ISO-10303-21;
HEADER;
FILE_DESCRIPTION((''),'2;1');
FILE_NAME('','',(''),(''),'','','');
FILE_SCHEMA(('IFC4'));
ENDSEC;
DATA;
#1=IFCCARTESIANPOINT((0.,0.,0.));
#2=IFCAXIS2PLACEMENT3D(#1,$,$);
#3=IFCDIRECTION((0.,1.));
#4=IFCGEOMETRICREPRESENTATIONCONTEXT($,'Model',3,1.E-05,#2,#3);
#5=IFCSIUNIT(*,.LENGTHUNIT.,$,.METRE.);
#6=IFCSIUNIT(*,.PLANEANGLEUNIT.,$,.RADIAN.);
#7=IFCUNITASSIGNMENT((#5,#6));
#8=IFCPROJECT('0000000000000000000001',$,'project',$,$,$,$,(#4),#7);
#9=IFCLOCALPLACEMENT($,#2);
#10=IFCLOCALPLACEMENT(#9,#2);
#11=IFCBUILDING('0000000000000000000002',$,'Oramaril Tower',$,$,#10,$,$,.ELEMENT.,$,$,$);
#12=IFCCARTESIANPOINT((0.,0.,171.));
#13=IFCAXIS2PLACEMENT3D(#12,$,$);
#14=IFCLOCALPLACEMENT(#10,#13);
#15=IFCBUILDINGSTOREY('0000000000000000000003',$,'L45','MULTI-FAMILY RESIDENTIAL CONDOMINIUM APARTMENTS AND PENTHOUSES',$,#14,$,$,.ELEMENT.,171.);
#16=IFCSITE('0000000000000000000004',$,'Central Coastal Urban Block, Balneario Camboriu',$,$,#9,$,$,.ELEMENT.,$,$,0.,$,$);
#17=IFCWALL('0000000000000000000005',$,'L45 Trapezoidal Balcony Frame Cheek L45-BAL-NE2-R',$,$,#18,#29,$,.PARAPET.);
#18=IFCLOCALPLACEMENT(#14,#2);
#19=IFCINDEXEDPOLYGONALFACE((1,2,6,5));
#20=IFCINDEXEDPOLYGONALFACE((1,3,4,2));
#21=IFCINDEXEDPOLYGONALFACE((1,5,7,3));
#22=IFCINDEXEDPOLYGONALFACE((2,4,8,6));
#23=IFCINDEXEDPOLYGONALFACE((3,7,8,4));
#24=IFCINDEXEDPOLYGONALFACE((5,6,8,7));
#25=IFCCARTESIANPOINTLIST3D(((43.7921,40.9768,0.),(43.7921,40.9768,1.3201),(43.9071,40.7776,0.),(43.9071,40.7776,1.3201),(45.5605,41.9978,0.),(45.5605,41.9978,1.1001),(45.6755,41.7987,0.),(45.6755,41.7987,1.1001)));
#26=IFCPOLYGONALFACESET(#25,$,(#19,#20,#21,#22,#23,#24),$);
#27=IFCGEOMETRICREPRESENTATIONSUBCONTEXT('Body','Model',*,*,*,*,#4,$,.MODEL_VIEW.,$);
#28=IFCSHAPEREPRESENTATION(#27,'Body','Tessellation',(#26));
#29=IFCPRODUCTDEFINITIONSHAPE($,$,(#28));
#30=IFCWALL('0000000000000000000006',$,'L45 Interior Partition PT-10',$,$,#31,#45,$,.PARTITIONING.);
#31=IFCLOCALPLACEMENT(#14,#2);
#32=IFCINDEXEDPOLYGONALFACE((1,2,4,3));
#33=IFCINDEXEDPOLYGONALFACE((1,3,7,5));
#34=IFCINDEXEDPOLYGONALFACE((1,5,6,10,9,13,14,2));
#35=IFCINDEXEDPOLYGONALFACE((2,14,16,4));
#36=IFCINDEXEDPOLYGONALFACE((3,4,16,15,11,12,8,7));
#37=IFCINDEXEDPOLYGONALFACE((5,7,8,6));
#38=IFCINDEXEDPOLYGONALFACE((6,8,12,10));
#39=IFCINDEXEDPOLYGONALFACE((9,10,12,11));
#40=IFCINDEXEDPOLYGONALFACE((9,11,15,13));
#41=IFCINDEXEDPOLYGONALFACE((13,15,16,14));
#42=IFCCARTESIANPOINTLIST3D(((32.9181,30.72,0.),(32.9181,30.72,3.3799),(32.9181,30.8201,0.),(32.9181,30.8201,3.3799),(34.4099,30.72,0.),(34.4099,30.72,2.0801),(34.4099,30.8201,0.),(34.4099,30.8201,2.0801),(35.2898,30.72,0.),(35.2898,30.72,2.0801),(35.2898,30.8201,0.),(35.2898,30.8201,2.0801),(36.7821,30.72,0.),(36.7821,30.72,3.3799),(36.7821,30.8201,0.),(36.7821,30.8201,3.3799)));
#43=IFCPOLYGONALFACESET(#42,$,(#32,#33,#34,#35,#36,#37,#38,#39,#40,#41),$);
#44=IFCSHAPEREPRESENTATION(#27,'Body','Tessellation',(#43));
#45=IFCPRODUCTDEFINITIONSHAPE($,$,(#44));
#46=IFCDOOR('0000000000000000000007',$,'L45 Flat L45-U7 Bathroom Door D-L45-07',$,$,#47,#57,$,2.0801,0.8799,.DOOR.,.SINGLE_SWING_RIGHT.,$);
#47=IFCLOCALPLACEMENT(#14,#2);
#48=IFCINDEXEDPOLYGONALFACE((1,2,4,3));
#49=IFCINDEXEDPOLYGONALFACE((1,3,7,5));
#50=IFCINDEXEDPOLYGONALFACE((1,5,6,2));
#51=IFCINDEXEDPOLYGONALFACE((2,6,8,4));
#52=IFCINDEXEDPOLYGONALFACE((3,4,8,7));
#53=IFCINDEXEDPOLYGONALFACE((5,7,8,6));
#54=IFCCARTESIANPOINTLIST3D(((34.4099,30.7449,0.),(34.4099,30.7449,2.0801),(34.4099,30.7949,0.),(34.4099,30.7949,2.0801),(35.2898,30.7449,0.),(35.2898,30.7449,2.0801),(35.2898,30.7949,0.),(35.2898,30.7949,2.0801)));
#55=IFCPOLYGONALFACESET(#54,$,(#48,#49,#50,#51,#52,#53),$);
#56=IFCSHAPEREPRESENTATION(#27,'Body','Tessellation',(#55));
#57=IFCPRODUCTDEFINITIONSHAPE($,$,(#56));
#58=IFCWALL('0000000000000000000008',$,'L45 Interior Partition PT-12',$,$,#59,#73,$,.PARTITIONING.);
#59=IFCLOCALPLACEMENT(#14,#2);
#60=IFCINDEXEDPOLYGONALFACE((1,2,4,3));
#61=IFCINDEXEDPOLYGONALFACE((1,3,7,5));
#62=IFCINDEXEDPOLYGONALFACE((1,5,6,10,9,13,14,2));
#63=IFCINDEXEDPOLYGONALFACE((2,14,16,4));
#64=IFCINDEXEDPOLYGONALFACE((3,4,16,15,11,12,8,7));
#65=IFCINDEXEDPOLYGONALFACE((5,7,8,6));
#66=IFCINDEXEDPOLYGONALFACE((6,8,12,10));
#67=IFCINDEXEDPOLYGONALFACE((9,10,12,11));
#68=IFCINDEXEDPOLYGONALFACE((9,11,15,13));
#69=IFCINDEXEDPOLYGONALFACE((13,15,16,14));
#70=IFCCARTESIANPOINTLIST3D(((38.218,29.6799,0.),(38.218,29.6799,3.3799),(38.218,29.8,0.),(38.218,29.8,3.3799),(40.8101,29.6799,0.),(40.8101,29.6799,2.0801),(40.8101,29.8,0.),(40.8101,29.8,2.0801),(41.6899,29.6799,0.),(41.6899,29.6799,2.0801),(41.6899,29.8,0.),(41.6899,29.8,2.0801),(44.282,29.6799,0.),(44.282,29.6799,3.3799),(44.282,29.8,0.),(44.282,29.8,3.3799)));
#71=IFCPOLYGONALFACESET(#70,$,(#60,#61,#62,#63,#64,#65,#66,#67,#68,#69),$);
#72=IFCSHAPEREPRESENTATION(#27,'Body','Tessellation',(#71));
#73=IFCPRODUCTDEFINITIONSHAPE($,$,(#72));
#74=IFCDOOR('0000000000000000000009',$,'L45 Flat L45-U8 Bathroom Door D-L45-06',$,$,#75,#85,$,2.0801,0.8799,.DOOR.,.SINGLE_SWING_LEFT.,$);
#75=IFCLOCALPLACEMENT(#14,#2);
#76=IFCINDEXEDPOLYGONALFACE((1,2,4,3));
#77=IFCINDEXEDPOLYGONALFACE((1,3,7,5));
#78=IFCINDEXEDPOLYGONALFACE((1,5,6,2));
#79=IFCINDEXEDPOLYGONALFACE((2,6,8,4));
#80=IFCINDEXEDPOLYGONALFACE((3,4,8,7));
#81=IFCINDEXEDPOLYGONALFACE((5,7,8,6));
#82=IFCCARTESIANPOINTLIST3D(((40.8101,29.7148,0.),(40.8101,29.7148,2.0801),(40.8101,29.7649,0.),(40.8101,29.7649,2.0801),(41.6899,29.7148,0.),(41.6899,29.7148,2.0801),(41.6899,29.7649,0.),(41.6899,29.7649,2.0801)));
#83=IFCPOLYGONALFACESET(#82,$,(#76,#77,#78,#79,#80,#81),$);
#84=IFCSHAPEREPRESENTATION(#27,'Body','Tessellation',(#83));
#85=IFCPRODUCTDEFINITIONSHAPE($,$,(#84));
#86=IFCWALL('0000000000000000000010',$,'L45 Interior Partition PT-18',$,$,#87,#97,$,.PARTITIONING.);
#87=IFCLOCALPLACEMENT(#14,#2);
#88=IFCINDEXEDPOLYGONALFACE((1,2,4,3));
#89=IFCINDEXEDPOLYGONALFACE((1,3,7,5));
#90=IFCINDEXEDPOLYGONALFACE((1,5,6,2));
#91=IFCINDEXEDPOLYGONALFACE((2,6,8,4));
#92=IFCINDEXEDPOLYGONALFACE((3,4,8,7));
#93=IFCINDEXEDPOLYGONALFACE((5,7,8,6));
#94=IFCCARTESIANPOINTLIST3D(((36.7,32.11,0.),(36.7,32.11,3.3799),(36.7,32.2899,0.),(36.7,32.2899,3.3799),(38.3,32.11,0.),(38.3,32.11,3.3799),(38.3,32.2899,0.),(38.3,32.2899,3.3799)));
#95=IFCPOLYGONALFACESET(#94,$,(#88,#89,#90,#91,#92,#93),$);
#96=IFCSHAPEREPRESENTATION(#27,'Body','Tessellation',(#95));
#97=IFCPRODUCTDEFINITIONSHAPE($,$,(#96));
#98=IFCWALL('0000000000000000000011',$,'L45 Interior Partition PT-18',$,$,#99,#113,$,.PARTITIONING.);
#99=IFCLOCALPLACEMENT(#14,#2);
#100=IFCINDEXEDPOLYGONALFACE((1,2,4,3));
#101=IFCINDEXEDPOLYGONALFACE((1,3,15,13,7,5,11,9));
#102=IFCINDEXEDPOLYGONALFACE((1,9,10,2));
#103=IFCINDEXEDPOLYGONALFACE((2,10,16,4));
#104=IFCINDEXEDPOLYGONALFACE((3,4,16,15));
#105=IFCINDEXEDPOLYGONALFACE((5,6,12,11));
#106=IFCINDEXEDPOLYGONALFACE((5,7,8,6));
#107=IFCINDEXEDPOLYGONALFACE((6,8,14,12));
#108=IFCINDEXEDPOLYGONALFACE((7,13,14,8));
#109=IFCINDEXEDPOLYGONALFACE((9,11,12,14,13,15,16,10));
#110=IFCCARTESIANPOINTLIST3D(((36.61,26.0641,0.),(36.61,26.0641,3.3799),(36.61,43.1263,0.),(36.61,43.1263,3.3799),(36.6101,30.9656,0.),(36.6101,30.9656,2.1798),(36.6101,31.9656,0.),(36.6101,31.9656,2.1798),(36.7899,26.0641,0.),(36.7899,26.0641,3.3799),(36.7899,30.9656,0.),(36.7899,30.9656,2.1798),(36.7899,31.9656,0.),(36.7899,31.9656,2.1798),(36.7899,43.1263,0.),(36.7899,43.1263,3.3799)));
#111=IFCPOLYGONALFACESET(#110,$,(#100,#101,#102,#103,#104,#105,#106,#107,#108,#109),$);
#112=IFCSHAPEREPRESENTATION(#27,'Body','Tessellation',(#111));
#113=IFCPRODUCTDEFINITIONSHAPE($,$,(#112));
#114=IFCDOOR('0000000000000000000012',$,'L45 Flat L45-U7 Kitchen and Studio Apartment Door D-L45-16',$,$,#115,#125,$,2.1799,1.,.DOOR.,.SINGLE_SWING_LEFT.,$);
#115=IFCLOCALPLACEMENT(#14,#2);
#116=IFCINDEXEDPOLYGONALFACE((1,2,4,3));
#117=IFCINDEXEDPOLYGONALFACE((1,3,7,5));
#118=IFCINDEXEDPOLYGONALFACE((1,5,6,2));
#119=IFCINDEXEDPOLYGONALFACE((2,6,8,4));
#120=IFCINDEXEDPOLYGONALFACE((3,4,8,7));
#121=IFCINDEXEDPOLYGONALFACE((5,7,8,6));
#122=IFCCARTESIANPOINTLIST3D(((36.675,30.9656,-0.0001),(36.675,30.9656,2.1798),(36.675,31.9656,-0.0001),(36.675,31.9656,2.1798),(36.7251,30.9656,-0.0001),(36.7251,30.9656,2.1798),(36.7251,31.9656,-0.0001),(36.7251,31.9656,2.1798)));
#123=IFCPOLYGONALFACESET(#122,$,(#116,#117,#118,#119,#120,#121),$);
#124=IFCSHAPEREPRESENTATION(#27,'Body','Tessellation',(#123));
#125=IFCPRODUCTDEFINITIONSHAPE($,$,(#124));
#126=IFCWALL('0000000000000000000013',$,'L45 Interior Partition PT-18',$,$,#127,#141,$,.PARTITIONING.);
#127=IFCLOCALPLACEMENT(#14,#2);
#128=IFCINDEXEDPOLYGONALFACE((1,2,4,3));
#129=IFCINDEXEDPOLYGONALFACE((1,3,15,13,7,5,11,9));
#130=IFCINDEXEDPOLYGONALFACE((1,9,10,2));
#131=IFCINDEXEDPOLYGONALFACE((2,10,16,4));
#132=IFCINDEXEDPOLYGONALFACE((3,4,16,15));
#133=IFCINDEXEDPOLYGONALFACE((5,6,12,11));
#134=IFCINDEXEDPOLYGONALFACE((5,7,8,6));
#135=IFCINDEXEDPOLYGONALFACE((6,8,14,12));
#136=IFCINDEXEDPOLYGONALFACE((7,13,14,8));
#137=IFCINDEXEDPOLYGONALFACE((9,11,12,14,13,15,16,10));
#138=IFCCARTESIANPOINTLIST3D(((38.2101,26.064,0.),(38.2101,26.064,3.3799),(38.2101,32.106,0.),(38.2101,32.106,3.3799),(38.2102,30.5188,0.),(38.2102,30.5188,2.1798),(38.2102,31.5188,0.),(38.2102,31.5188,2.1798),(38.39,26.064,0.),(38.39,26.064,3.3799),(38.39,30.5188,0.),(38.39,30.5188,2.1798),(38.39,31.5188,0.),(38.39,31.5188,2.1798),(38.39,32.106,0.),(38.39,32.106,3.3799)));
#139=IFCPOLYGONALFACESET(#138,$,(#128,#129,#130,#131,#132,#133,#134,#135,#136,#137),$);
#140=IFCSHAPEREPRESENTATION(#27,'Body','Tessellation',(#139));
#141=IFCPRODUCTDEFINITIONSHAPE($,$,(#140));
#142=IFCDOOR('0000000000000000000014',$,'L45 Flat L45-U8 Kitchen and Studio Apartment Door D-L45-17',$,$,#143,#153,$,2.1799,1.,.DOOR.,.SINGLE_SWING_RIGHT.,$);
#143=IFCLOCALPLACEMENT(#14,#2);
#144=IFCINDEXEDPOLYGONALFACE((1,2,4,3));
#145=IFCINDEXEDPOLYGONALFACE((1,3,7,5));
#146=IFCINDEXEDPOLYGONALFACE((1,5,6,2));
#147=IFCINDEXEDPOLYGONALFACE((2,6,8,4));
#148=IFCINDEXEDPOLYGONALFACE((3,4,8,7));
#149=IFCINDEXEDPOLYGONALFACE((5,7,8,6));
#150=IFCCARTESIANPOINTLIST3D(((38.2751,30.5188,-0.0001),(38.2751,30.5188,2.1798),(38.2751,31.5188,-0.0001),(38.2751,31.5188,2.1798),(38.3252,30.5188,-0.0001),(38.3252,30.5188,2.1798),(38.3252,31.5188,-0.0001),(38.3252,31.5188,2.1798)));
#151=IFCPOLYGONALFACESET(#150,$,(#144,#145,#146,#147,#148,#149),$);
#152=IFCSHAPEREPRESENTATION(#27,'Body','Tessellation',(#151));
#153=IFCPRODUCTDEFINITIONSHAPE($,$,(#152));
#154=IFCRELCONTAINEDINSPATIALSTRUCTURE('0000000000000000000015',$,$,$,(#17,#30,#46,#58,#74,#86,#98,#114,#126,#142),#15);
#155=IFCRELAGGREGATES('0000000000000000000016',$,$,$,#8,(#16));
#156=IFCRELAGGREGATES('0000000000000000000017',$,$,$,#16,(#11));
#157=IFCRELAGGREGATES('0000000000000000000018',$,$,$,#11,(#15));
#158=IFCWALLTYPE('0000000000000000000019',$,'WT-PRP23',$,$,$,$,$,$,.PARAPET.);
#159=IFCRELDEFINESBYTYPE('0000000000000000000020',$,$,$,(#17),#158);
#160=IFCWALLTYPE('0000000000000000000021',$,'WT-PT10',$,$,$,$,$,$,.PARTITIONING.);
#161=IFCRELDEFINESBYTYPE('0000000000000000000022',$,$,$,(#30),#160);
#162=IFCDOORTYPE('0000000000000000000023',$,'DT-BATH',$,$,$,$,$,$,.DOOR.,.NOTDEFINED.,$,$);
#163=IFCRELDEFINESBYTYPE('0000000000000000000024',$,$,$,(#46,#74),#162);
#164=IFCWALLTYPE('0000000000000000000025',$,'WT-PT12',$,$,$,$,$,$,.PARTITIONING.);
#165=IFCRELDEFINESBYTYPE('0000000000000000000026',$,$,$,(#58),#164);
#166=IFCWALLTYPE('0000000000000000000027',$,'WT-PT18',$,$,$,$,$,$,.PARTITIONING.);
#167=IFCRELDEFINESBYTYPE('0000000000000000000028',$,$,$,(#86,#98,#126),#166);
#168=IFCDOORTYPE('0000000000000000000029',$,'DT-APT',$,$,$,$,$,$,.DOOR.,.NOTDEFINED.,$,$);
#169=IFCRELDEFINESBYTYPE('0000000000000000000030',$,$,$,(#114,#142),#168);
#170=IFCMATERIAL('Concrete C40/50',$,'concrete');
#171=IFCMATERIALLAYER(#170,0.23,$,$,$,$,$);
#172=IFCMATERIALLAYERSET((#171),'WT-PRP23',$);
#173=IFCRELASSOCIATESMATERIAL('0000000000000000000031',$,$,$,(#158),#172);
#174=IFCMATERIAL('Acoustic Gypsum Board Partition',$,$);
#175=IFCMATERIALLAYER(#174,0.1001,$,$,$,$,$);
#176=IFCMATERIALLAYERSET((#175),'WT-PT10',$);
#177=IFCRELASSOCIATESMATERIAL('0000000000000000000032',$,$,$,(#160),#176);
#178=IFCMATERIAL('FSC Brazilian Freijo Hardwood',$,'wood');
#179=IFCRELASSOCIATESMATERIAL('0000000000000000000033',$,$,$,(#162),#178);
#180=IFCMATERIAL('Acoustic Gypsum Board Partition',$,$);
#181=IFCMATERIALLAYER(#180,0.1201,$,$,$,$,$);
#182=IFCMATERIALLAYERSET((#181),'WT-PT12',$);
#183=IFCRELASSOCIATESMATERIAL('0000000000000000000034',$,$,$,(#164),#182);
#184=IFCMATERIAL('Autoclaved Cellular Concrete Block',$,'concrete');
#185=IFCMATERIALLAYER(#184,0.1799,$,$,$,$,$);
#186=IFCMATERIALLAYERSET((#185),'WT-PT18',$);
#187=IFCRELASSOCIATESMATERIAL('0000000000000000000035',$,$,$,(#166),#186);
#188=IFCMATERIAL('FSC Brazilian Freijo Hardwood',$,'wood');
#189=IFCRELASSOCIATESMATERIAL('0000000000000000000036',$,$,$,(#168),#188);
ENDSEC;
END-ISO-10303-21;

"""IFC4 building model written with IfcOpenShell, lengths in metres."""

from ifc_helpers import new_model, si_unit, direction, frame, frame_2d, origin, place, context, subcontext, project, spatial, polyline, rectangle, outline, extrude, material, layer, layer_set, type_object, element, fill, save


model = new_model("IFC4")

# Units and contexts
model_context = context("Model", 3, precision=1e-05, world=origin(), true_north=direction((0.0, 1.0)))
body_context = subcontext(model_context, "Body", "Model", "MODEL_VIEW")
ifc_project = project(units=[si_unit("LENGTHUNIT", "METRE"), si_unit("PLANEANGLEUNIT", "RADIAN")], contexts=[model_context])

# Site, building, storey
site_placement = place(None, origin())
site = spatial("IfcSite", under=ifc_project, at=site_placement, Name="Central Coastal Urban Block, Balneario Camboriu", CompositionType="ELEMENT", RefElevation=0.0)
building_placement = place(site_placement, origin())
building = spatial("IfcBuilding", under=site, at=building_placement, Name="Oramaril Tower", CompositionType="ELEMENT")
storey_placement = place(building_placement, frame((0.0, 0.0, 171.0)))
storey = spatial("IfcBuildingStorey", under=building, at=storey_placement, Name="L45", Description="MULTI-FAMILY RESIDENTIAL CONDOMINIUM APARTMENTS AND PENTHOUSES", CompositionType="ELEMENT", Elevation=171.0)

# Wall
ifc_material_1 = material(Name="Concrete C40/50", Category="concrete")
ifc_layer_1 = layer(ifc_material_1, 0.23)
ifc_layer_set_1 = layer_set([ifc_layer_1], Name="WT-PRP23")
wall_type_1 = type_object("IfcWallType", Name="WT-PRP23", PredefinedType="PARAPET", material=ifc_layer_set_1)
wall_1_placement = place(storey_placement, frame((43.8496, 40.8772, 0.0), z_axis=(0.0, 0.0, 1.0), x_axis=(0.866012, 0.500023, 0.0)))
element("IfcWall", 1, at=wall_1_placement, inside=storey, type_object=wall_type_1, Name="L45 Trapezoidal Balcony Frame Cheek L45-BAL-NE2-R", PredefinedType="PARAPET", context=body_context, shape_type="SweptSolid", body=[
    extrude(outline(polyline([(0.0, 0.0), (2.042, 0.0), (2.042, 1.1001), (0.0, 1.3201), (0.0, 0.0)])), frame((0.0, 0.115, 0.0), z_axis=(0.0, -1.0, 0.0), x_axis=(1.0, 0.0, 0.0)), (0.0, 0.0, 1.0), 0.23),
])

# Walls, openings, doors
ifc_material_2 = material(Name="Acoustic Gypsum Board Partition")
ifc_layer_2 = layer(ifc_material_2, 0.1001)
ifc_layer_set_2 = layer_set([ifc_layer_2], Name="WT-PT10")
wall_type_2 = type_object("IfcWallType", Name="WT-PT10", PredefinedType="PARTITIONING", material=ifc_layer_set_2)
wall_2_placement = place(storey_placement, frame((32.918, 30.77, 0.0), z_axis=(0.0, 0.0, 1.0), x_axis=(1.0, 0.0, 0.0)))
wall_2 = element("IfcWall", 2, at=wall_2_placement, inside=storey, type_object=wall_type_2, Name="L45 Interior Partition PT-10", PredefinedType="PARTITIONING", context=body_context, shape_type="SweptSolid", body=[
    extrude(rectangle(XDim=3.864, YDim=0.1001, at=frame_2d((1.9321, 0.0))), origin(), (0.0, 0.0, 1.0), 3.3799),
])
opening_1_placement = place(wall_2_placement, frame((1.4919, 0.0, 0.0)))
opening_1 = element("IfcOpeningElement", 3, at=opening_1_placement, cuts=wall_2, PredefinedType="OPENING", context=body_context, shape_type="SweptSolid", body=[
    extrude(rectangle(XDim=0.8799, YDim=2.0801, at=frame_2d((0.4399, 1.04))), frame((0.0, 0.05, 0.0), z_axis=(0.0, -1.0, 0.0), x_axis=(1.0, 0.0, 0.0)), (0.0, 0.0, 1.0), 0.1001),
])
ifc_material_3 = material(Name="FSC Brazilian Freijo Hardwood", Category="wood")
door_type_1 = type_object("IfcDoorType", Name="DT-BATH", OperationType="NOTDEFINED", PredefinedType="DOOR", material=ifc_material_3)
door_1_placement = place(opening_1_placement, origin())
door_1 = element("IfcDoor", 4, at=door_1_placement, inside=storey, type_object=door_type_1, Name="L45 Flat L45-U7 Bathroom Door D-L45-07", OperationType="SINGLE_SWING_RIGHT", OverallHeight=2.0801, OverallWidth=0.8799, PredefinedType="DOOR", context=body_context, shape_type="SweptSolid", body=[
    extrude(rectangle(XDim=0.8799, YDim=2.0801, at=frame_2d((0.4399, 1.04))), frame((0.0, 0.0249, 0.0), z_axis=(0.0, -1.0, 0.0), x_axis=(1.0, 0.0, 0.0)), (0.0, 0.0, 1.0), 0.05),
])
fill(opening_1, door_1)
ifc_material_4 = material(Name="Acoustic Gypsum Board Partition")
ifc_layer_3 = layer(ifc_material_4, 0.1201)
ifc_layer_set_3 = layer_set([ifc_layer_3], Name="WT-PT12")
wall_type_3 = type_object("IfcWallType", Name="WT-PT12", PredefinedType="PARTITIONING", material=ifc_layer_set_3)
wall_3_placement = place(storey_placement, frame((38.218, 29.74, 0.0), z_axis=(0.0, 0.0, 1.0), x_axis=(1.0, 0.0, 0.0)))
wall_3 = element("IfcWall", 5, at=wall_3_placement, inside=storey, type_object=wall_type_3, Name="L45 Interior Partition PT-12", PredefinedType="PARTITIONING", context=body_context, shape_type="SweptSolid", body=[
    extrude(rectangle(XDim=6.064, YDim=0.1201, at=frame_2d((3.032, 0.0))), origin(), (0.0, 0.0, 1.0), 3.3799),
])
opening_2_placement = place(wall_3_placement, frame((2.592, 0.0, 0.0)))
opening_2 = element("IfcOpeningElement", 6, at=opening_2_placement, cuts=wall_3, PredefinedType="OPENING", context=body_context, shape_type="SweptSolid", body=[
    extrude(rectangle(XDim=0.8799, YDim=2.0801, at=frame_2d((0.4399, 1.04))), frame((0.0, 0.0601, 0.0), z_axis=(0.0, -1.0, 0.0), x_axis=(1.0, 0.0, 0.0)), (0.0, 0.0, 1.0), 0.1201),
])
door_2_placement = place(opening_2_placement, origin())
door_2 = element("IfcDoor", 7, at=door_2_placement, inside=storey, type_object=door_type_1, Name="L45 Flat L45-U8 Bathroom Door D-L45-06", OperationType="SINGLE_SWING_LEFT", OverallHeight=2.0801, OverallWidth=0.8799, PredefinedType="DOOR", context=body_context, shape_type="SweptSolid", body=[
    extrude(rectangle(XDim=0.8799, YDim=2.0801, at=frame_2d((0.4399, 1.04))), frame((0.0, 0.0249, 0.0), z_axis=(0.0, -1.0, 0.0), x_axis=(1.0, 0.0, 0.0)), (0.0, 0.0, 1.0), 0.05),
])
fill(opening_2, door_2)

# Wall
ifc_material_5 = material(Name="Autoclaved Cellular Concrete Block", Category="concrete")
ifc_layer_4 = layer(ifc_material_5, 0.1799)
ifc_layer_set_4 = layer_set([ifc_layer_4], Name="WT-PT18")
wall_type_4 = type_object("IfcWallType", Name="WT-PT18", PredefinedType="PARTITIONING", material=ifc_layer_set_4)
wall_4_placement = place(storey_placement, frame((36.7, 32.2, 0.0), z_axis=(0.0, 0.0, 1.0), x_axis=(1.0, 0.0, 0.0)))
element("IfcWall", 8, at=wall_4_placement, inside=storey, type_object=wall_type_4, Name="L45 Interior Partition PT-18", PredefinedType="PARTITIONING", context=body_context, shape_type="SweptSolid", body=[
    extrude(rectangle(XDim=1.6001, YDim=0.1799, at=frame_2d((0.8, 0.0))), origin(), (0.0, 0.0, 1.0), 3.3799),
])

# Walls, openings, doors
wall_5_placement = place(storey_placement, frame((36.7, 26.064, 0.0), z_axis=(0.0, 0.0, 1.0), x_axis=(0.0, 1.0, 0.0)))
wall_5 = element("IfcWall", 9, at=wall_5_placement, inside=storey, type_object=wall_type_4, Name="L45 Interior Partition PT-18", PredefinedType="PARTITIONING", context=body_context, shape_type="SweptSolid", body=[
    extrude(rectangle(XDim=17.0623, YDim=0.1799, at=frame_2d((8.5312, 0.0))), origin(), (0.0, 0.0, 1.0), 3.3799),
])
opening_3_placement = place(wall_5_placement, frame((4.9016, 0.0, 0.0)))
opening_3 = element("IfcOpeningElement", 10, at=opening_3_placement, cuts=wall_5, PredefinedType="OPENING", context=body_context, shape_type="SweptSolid", body=[
    extrude(rectangle(XDim=1.0, YDim=2.1799, at=frame_2d((0.5, 1.0898))), frame((0.0, 0.0898, 0.0), z_axis=(0.0, -1.0, 0.0), x_axis=(1.0, 0.0, 0.0)), (0.0, 0.0, 1.0), 0.1799),
])
ifc_material_6 = material(Name="FSC Brazilian Freijo Hardwood", Category="wood")
door_type_2 = type_object("IfcDoorType", Name="DT-APT", OperationType="NOTDEFINED", PredefinedType="DOOR", material=ifc_material_6)
door_3_placement = place(opening_3_placement, origin())
door_3 = element("IfcDoor", 11, at=door_3_placement, inside=storey, type_object=door_type_2, Name="L45 Flat L45-U7 Kitchen and Studio Apartment Door D-L45-16", OperationType="SINGLE_SWING_LEFT", OverallHeight=2.1799, OverallWidth=1.0, PredefinedType="DOOR", context=body_context, shape_type="SweptSolid", body=[
    extrude(rectangle(XDim=1.0, YDim=2.1799, at=frame_2d((0.5, 1.0898))), frame((0.0, 0.0249, 0.0), z_axis=(0.0, -1.0, 0.0), x_axis=(1.0, 0.0, 0.0)), (0.0, 0.0, 1.0), 0.05),
])
fill(opening_3, door_3)
wall_6_placement = place(storey_placement, frame((38.3, 26.064, 0.0), z_axis=(0.0, 0.0, 1.0), x_axis=(0.0, 1.0, 0.0)))
wall_6 = element("IfcWall", 12, at=wall_6_placement, inside=storey, type_object=wall_type_4, Name="L45 Interior Partition PT-18", PredefinedType="PARTITIONING", context=body_context, shape_type="SweptSolid", body=[
    extrude(rectangle(XDim=6.042, YDim=0.1799, at=frame_2d((3.021, 0.0))), origin(), (0.0, 0.0, 1.0), 3.3799),
])
opening_4_placement = place(wall_6_placement, frame((4.4548, 0.0, 0.0)))
opening_4 = element("IfcOpeningElement", 13, at=opening_4_placement, cuts=wall_6, PredefinedType="OPENING", context=body_context, shape_type="SweptSolid", body=[
    extrude(rectangle(XDim=1.0, YDim=2.1799, at=frame_2d((0.5, 1.0898))), frame((0.0, 0.0898, 0.0), z_axis=(0.0, -1.0, 0.0), x_axis=(1.0, 0.0, 0.0)), (0.0, 0.0, 1.0), 0.1799),
])
door_4_placement = place(opening_4_placement, origin())
door_4 = element("IfcDoor", 14, at=door_4_placement, inside=storey, type_object=door_type_2, Name="L45 Flat L45-U8 Kitchen and Studio Apartment Door D-L45-17", OperationType="SINGLE_SWING_RIGHT", OverallHeight=2.1799, OverallWidth=1.0, PredefinedType="DOOR", context=body_context, shape_type="SweptSolid", body=[
    extrude(rectangle(XDim=1.0, YDim=2.1799, at=frame_2d((0.5, 1.0898))), frame((0.0, 0.0249, 0.0), z_axis=(0.0, -1.0, 0.0), x_axis=(1.0, 0.0, 0.0)), (0.0, 0.0, 1.0), 0.05),
])
fill(opening_4, door_4)

save(model, "model.ifc")
